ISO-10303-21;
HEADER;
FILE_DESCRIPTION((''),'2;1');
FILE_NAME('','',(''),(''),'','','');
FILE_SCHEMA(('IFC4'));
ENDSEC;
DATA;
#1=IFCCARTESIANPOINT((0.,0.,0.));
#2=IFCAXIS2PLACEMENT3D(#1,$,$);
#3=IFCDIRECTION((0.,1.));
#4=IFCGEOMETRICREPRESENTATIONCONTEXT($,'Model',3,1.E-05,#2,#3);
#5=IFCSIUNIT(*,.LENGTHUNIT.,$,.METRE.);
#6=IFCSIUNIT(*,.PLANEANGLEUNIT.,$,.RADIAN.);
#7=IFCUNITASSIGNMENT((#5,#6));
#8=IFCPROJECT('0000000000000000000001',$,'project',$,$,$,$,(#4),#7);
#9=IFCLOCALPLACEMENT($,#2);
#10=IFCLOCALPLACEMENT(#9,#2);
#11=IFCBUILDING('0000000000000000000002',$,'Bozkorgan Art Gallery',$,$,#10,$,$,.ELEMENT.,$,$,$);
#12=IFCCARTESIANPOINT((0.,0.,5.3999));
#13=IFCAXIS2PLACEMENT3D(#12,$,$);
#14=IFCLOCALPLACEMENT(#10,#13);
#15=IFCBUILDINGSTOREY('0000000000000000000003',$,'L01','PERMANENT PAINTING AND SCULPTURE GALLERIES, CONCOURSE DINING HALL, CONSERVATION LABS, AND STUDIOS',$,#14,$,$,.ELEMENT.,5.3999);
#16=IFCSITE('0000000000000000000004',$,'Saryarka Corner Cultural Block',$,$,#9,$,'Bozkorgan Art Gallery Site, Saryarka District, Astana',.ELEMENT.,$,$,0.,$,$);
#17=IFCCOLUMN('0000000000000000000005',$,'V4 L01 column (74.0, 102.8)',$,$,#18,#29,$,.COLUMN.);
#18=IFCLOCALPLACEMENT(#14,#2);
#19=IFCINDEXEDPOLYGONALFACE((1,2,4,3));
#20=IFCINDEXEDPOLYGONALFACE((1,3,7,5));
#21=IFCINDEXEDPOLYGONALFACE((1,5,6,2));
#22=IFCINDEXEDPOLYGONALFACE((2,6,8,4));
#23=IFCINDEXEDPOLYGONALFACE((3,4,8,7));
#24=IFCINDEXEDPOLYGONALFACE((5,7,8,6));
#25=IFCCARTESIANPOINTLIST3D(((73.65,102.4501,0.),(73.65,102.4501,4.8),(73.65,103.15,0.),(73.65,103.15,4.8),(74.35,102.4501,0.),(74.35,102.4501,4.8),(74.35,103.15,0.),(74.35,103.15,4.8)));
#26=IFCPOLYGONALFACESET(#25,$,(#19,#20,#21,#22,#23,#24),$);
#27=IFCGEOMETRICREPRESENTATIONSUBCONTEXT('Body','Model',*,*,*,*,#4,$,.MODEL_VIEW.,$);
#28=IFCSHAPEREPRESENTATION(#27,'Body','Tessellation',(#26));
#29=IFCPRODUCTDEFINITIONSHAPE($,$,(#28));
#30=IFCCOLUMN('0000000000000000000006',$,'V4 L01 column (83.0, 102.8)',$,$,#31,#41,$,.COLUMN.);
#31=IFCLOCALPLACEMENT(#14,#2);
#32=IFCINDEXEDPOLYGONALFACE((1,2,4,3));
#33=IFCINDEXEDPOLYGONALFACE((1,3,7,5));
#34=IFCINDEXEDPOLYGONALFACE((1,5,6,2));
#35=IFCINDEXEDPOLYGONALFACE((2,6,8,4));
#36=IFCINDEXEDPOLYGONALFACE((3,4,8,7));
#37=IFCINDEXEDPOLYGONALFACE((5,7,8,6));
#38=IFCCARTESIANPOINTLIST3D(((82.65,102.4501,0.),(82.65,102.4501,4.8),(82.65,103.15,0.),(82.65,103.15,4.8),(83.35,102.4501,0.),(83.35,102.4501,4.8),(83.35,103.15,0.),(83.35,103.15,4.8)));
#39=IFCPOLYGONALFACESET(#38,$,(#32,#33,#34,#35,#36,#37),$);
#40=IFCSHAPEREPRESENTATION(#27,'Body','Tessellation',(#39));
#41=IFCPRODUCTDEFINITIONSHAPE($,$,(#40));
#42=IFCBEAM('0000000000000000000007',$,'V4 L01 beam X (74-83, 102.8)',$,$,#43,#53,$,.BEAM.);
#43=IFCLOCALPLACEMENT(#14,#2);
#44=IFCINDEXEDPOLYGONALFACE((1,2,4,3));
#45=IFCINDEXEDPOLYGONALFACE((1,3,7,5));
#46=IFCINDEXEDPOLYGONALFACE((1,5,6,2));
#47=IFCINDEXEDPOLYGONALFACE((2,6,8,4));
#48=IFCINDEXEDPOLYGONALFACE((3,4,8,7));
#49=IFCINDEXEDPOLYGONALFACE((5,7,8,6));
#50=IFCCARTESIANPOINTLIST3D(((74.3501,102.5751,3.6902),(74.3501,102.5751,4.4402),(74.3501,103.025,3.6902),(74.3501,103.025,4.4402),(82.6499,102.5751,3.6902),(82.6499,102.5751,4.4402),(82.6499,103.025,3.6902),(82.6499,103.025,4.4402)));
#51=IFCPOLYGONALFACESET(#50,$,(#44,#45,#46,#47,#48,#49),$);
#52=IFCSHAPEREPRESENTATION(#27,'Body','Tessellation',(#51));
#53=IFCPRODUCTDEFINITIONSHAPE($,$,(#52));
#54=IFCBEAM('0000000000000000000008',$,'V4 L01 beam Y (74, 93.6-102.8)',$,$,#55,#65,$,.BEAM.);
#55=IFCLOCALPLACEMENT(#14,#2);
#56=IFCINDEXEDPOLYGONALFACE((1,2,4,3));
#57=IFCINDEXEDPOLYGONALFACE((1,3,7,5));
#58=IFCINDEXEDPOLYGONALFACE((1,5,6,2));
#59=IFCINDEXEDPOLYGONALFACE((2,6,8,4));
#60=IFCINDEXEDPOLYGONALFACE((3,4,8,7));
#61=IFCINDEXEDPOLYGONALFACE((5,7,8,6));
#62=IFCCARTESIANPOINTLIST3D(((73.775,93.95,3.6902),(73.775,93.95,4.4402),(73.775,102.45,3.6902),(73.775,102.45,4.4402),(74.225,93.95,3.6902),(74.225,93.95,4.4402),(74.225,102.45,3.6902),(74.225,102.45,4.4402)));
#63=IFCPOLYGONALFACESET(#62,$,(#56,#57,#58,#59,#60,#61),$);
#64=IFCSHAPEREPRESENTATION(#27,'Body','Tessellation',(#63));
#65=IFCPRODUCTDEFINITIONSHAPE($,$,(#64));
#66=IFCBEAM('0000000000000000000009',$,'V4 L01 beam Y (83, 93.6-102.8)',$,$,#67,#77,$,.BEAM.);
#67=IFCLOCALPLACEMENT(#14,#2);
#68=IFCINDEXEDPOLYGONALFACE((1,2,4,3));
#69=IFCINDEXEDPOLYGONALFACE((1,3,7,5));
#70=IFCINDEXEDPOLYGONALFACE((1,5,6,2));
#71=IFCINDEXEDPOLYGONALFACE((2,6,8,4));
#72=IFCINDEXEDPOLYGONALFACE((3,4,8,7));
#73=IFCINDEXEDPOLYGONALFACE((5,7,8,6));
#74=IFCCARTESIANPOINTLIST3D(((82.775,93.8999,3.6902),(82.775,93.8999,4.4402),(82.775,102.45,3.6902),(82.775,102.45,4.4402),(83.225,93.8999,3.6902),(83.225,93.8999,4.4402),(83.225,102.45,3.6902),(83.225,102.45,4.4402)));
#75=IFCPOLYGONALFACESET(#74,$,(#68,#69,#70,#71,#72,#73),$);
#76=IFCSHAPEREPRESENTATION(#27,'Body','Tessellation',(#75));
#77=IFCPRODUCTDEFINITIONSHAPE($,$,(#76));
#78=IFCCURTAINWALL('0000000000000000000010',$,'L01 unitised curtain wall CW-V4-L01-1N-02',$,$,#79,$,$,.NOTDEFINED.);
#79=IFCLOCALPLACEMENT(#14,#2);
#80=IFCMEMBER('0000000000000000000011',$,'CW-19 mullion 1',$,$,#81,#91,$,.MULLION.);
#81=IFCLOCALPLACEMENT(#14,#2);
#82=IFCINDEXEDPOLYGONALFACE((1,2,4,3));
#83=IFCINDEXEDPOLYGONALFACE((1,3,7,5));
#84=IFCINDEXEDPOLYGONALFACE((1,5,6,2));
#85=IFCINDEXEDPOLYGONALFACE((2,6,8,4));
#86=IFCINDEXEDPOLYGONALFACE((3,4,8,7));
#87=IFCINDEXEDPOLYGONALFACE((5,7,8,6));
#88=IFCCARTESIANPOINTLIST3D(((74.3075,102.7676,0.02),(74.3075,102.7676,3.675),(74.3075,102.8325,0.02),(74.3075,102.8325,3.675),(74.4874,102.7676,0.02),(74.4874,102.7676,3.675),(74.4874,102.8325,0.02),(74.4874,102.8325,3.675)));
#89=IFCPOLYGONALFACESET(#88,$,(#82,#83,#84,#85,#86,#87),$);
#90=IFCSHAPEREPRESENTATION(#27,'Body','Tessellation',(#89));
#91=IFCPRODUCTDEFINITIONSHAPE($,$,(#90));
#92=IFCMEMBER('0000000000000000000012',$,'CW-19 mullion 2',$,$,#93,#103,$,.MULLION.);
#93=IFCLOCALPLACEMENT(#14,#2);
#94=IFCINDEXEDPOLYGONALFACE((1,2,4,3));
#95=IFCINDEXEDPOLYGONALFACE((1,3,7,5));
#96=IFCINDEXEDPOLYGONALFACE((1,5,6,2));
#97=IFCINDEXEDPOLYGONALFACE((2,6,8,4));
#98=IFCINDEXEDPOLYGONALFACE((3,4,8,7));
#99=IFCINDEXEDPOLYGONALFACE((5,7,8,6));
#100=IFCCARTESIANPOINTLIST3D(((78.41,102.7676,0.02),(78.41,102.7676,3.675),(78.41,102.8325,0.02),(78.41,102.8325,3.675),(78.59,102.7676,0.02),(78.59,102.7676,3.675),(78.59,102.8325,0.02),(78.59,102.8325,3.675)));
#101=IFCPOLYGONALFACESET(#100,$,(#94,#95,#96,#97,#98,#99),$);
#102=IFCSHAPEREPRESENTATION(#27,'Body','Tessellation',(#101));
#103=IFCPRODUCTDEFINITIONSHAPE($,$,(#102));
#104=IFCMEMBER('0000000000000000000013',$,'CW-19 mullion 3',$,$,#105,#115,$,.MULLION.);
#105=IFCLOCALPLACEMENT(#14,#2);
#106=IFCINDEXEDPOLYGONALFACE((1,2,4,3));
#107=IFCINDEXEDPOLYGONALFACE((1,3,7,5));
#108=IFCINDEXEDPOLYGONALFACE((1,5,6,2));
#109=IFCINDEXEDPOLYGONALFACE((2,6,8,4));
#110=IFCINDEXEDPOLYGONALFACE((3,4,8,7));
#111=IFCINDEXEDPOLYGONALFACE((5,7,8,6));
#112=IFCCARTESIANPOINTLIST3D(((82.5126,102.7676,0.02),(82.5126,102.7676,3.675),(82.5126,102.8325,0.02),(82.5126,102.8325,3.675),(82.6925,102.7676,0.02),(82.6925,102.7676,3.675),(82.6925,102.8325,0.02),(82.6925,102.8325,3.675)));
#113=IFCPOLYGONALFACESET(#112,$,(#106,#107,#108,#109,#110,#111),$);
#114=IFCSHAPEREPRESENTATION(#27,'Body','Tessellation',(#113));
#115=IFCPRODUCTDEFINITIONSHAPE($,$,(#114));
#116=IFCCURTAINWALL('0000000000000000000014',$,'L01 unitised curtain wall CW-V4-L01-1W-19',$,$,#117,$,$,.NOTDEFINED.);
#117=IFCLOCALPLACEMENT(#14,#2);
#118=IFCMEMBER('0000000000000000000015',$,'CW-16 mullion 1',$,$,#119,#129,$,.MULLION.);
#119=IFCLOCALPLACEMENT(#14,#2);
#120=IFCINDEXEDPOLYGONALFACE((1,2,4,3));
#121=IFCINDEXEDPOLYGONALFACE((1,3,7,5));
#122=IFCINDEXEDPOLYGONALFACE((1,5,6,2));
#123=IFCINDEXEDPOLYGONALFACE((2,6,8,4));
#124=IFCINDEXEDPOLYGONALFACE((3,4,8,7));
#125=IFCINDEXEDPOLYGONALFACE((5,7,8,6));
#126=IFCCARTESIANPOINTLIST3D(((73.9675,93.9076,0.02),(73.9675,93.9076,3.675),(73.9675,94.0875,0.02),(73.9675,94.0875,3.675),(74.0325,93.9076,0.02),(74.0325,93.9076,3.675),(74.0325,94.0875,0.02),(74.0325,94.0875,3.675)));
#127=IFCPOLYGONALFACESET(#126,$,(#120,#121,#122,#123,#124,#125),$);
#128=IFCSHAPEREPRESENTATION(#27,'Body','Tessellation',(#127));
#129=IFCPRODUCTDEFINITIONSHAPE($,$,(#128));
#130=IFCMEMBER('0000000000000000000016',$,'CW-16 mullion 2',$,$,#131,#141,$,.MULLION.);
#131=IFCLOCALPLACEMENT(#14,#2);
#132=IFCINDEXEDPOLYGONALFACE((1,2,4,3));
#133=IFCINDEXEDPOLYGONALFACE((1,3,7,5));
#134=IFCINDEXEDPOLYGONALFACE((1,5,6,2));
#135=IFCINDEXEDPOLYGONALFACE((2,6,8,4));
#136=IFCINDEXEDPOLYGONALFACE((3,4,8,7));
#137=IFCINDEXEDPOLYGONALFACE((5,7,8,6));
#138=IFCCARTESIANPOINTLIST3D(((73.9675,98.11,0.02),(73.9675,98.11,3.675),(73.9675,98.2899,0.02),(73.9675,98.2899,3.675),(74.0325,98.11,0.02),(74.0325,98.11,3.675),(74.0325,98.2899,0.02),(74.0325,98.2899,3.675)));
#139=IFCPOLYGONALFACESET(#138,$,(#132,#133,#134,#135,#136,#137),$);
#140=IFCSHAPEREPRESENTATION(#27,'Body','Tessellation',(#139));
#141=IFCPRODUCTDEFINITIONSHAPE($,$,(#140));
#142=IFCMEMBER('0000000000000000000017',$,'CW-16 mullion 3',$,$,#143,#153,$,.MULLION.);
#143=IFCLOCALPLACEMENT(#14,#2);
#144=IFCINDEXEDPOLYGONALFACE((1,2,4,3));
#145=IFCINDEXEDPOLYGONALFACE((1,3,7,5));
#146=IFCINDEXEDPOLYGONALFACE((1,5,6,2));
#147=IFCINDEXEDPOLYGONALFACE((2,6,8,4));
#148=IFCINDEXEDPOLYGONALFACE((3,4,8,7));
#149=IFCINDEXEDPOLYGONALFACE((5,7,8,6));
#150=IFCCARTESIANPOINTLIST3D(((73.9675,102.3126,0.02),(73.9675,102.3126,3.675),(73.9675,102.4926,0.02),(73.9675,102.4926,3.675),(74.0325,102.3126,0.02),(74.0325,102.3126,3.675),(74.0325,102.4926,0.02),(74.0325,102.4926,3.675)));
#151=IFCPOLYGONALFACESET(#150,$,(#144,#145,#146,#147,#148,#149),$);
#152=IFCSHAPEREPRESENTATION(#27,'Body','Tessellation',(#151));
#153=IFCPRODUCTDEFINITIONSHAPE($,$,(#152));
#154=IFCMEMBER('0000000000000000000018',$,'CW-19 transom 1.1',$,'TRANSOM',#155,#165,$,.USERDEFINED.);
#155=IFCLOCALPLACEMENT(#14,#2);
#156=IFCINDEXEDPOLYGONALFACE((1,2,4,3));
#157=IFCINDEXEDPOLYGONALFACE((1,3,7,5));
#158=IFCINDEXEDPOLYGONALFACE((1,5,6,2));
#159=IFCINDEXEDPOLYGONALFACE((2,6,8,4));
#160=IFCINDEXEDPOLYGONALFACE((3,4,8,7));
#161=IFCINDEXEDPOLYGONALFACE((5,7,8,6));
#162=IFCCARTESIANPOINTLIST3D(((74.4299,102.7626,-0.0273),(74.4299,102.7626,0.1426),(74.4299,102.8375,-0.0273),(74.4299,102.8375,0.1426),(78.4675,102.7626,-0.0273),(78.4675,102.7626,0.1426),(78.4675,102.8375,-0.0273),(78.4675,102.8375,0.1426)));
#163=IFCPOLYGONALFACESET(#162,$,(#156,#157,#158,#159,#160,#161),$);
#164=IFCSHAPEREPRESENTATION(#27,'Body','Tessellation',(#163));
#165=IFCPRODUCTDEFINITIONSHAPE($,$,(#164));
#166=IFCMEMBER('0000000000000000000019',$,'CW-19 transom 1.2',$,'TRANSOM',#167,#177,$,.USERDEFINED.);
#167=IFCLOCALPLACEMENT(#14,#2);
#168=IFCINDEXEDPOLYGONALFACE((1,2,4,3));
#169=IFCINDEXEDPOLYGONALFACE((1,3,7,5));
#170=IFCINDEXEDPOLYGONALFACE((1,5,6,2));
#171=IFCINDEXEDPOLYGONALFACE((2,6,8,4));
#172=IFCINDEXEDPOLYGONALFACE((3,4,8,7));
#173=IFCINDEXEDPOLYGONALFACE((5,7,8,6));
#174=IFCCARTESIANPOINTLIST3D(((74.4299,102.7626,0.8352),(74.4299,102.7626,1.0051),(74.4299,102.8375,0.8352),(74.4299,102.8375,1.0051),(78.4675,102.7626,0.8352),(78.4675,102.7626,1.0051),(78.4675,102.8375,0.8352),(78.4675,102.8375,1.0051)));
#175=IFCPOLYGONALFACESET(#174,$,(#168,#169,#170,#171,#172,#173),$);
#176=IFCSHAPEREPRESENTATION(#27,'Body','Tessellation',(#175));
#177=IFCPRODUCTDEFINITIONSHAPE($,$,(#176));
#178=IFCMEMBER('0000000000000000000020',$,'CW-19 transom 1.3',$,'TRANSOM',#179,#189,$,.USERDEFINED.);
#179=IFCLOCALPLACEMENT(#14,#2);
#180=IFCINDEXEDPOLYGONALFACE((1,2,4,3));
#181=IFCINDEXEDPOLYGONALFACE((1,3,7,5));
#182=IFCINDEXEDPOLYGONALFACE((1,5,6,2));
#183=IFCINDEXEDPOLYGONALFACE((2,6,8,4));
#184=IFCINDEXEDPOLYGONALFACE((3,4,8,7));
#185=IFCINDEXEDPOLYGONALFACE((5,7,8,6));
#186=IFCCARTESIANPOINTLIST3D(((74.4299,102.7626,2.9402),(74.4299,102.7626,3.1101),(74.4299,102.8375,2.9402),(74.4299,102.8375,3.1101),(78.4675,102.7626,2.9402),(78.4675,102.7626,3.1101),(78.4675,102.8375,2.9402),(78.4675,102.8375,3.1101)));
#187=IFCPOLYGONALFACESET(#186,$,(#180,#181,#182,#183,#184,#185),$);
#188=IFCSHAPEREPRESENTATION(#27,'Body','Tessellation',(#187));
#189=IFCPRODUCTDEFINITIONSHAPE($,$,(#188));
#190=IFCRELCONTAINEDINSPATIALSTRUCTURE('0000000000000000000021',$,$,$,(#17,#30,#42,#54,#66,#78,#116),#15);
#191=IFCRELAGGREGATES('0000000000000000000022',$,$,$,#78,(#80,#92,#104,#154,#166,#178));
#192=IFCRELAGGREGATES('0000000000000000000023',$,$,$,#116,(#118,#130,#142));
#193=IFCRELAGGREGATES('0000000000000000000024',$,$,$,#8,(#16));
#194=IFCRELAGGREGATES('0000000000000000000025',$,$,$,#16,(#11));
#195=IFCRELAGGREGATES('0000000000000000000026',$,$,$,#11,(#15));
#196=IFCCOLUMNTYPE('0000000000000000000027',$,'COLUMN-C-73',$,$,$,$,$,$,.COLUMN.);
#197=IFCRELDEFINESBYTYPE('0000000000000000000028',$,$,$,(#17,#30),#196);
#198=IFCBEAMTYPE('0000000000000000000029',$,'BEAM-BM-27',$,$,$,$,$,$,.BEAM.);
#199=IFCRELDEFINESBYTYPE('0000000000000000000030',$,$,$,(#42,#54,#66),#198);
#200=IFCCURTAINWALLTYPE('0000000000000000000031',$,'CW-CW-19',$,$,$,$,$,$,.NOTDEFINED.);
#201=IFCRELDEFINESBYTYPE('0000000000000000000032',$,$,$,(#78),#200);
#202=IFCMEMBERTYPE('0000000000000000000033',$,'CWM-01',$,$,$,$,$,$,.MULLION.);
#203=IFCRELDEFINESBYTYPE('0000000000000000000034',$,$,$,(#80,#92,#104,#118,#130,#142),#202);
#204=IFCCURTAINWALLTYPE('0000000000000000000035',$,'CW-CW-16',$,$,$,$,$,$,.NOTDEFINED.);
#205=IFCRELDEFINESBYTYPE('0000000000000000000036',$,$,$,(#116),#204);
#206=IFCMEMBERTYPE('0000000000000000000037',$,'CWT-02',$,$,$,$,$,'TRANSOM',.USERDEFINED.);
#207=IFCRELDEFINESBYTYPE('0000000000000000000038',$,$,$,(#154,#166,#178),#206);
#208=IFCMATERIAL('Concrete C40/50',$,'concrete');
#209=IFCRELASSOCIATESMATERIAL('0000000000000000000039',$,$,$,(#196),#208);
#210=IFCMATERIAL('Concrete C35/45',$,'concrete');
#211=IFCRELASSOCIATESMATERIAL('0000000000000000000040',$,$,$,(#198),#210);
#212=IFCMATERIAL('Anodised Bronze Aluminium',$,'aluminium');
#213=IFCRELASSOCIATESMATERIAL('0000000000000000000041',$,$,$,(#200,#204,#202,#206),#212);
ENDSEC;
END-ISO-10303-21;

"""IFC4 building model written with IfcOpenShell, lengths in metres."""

from ifc_helpers import new_model, si_unit, direction, frame, origin, origin_2d, place, context, subcontext, project, spatial, rectangle, extrude, material, material_profile, profile_set, type_object, element, aggregate, save


model = new_model("IFC4")

# Units and contexts
model_context = context("Model", 3, precision=1e-05, world=origin(), true_north=direction((0.0, 1.0)))
body_context = subcontext(model_context, "Body", "Model", "MODEL_VIEW")
ifc_project = project(units=[si_unit("LENGTHUNIT", "METRE"), si_unit("PLANEANGLEUNIT", "RADIAN")], contexts=[model_context])

# Site, building, storey
site_placement = place(None, origin())
site = spatial("IfcSite", under=ifc_project, at=site_placement, Name="Saryarka Corner Cultural Block", LongName="Bozkorgan Art Gallery Site, Saryarka District, Astana", CompositionType="ELEMENT", RefElevation=0.0)
building_placement = place(site_placement, origin())
building = spatial("IfcBuilding", under=site, at=building_placement, Name="Bozkorgan Art Gallery", CompositionType="ELEMENT")
storey_placement = place(building_placement, frame((0.0, 0.0, 5.3999)))
storey = spatial("IfcBuildingStorey", under=building, at=storey_placement, Name="L01", Description="PERMANENT PAINTING AND SCULPTURE GALLERIES, CONCOURSE DINING HALL, CONSERVATION LABS, AND STUDIOS", CompositionType="ELEMENT", Elevation=5.3999)

# Columns
ifc_material_1 = material(Name="Concrete C40/50", Category="concrete")
ifc_material_profile_1 = material_profile(ifc_material_1, rectangle(XDim=0.7, YDim=0.7, at=origin_2d()), Name="RC 700x700")
ifc_profile_set_1 = profile_set([ifc_material_profile_1], Name="Concrete C40/50")
column_type = type_object("IfcColumnType", Name="COLUMN-C-73", PredefinedType="COLUMN", material=ifc_profile_set_1)
for number, where, z_axis, x_axis, name in (
    (1, (74.0, 102.8, 0.0), (0.0, 0.0, 1.0), (1.0, 0.0, 0.0), "V4 L01 column (74.0, 102.8)"),
    (2, (83.0, 102.8, 0.0), (0.0, 0.0, 1.0), (1.0, 0.0, 0.0), "V4 L01 column (83.0, 102.8)"),
):
    element("IfcColumn", number, at=place(storey_placement, frame(where, z_axis=z_axis, x_axis=x_axis)), inside=storey, type_object=column_type, Name=name, PredefinedType="COLUMN", context=body_context, shape_type="SweptSolid", body=[
        extrude(rectangle(XDim=0.7, YDim=0.7, at=origin_2d()), origin(), (0.0, 0.0, 1.0), 4.8),
    ])

# Beams
ifc_material_2 = material(Name="Concrete C35/45", Category="concrete")
ifc_material_profile_2 = material_profile(ifc_material_2, rectangle(XDim=0.45, YDim=0.75, at=origin_2d()), Name="RC 450x750")
ifc_profile_set_2 = profile_set([ifc_material_profile_2], Name="Concrete C35/45")
beam_type = type_object("IfcBeamType", Name="BEAM-BM-27", PredefinedType="BEAM", material=ifc_profile_set_2)
beam_1_placement = place(storey_placement, frame((74.3501, 102.8, 4.0652), z_axis=(1.0, 0.0, 0.0), x_axis=(0.0, 1.0, 0.0)))
element("IfcBeam", 3, at=beam_1_placement, inside=storey, type_object=beam_type, Name="V4 L01 beam X (74-83, 102.8)", PredefinedType="BEAM", context=body_context, shape_type="SweptSolid", body=[
    extrude(rectangle(XDim=0.45, YDim=0.75, at=origin_2d()), origin(), (0.0, 0.0, 1.0), 8.2998),
])
beam_2_placement = place(storey_placement, frame((74.0, 93.95, 4.0652), z_axis=(0.0, 1.0, 0.0), x_axis=(-1.0, 0.0, 0.0)))
element("IfcBeam", 4, at=beam_2_placement, inside=storey, type_object=beam_type, Name="V4 L01 beam Y (74, 93.6-102.8)", PredefinedType="BEAM", context=body_context, shape_type="SweptSolid", body=[
    extrude(rectangle(XDim=0.45, YDim=0.75, at=origin_2d()), origin(), (0.0, 0.0, 1.0), 8.5),
])
beam_3_placement = place(storey_placement, frame((83.0, 93.8999, 4.0652), z_axis=(0.0, 1.0, 0.0), x_axis=(-1.0, 0.0, 0.0)))
element("IfcBeam", 5, at=beam_3_placement, inside=storey, type_object=beam_type, Name="V4 L01 beam Y (83, 93.6-102.8)", PredefinedType="BEAM", context=body_context, shape_type="SweptSolid", body=[
    extrude(rectangle(XDim=0.45, YDim=0.75, at=origin_2d()), origin(), (0.0, 0.0, 1.0), 8.55),
])

# Curtain walls, members
ifc_material_3 = material(Name="Anodised Bronze Aluminium", Category="aluminium")
curtain_wall_type_1 = type_object("IfcCurtainWallType", Name="CW-CW-19", PredefinedType="NOTDEFINED", material=ifc_material_3)
curtain_wall_1_placement = place(storey_placement, origin())
curtain_wall_1 = element("IfcCurtainWall", 6, at=curtain_wall_1_placement, inside=storey, type_object=curtain_wall_type_1, Name="L01 unitised curtain wall CW-V4-L01-1N-02", PredefinedType="NOTDEFINED")
ifc_material_profile_3 = material_profile(ifc_material_3, rectangle(XDim=0.0649, YDim=0.1799, at=origin_2d()), Name="ALU MULLION 65x180")
ifc_profile_set_3 = profile_set([ifc_material_profile_3], Name="Anodised Bronze Aluminium")
member_type_1 = type_object("IfcMemberType", Name="CWM-01", PredefinedType="MULLION", material=ifc_profile_set_3)
member_1_placement = place(storey_placement, frame((74.3975, 102.8, 0.02), z_axis=(0.0, 0.0, 1.0), x_axis=(0.0, 1.0, 0.0)))
member_1 = element("IfcMember", 7, at=member_1_placement, type_object=member_type_1, Name="CW-19 mullion 1", PredefinedType="MULLION", context=body_context, shape_type="SweptSolid", body=[
    extrude(rectangle(XDim=0.0649, YDim=0.1799, at=origin_2d()), origin(), (0.0, 0.0, 1.0), 3.655),
])
member_2_placement = place(storey_placement, frame((78.5, 102.8, 0.02), z_axis=(0.0, 0.0, 1.0), x_axis=(0.0, 1.0, 0.0)))
member_2 = element("IfcMember", 8, at=member_2_placement, type_object=member_type_1, Name="CW-19 mullion 2", PredefinedType="MULLION", context=body_context, shape_type="SweptSolid", body=[
    extrude(rectangle(XDim=0.0649, YDim=0.1799, at=origin_2d()), origin(), (0.0, 0.0, 1.0), 3.655),
])
member_3_placement = place(storey_placement, frame((82.6025, 102.8, 0.02), z_axis=(0.0, 0.0, 1.0), x_axis=(0.0, 1.0, 0.0)))
member_3 = element("IfcMember", 9, at=member_3_placement, type_object=member_type_1, Name="CW-19 mullion 3", PredefinedType="MULLION", context=body_context, shape_type="SweptSolid", body=[
    extrude(rectangle(XDim=0.0649, YDim=0.1799, at=origin_2d()), origin(), (0.0, 0.0, 1.0), 3.655),
])
curtain_wall_type_2 = type_object("IfcCurtainWallType", Name="CW-CW-16", PredefinedType="NOTDEFINED", material=ifc_material_3)
curtain_wall_2_placement = place(storey_placement, origin())
curtain_wall_2 = element("IfcCurtainWall", 10, at=curtain_wall_2_placement, inside=storey, type_object=curtain_wall_type_2, Name="L01 unitised curtain wall CW-V4-L01-1W-19", PredefinedType="NOTDEFINED")
member_4_placement = place(storey_placement, frame((74.0, 93.9976, 0.02), z_axis=(0.0, 0.0, 1.0), x_axis=(-1.0, 0.0, 0.0)))
member_4 = element("IfcMember", 11, at=member_4_placement, type_object=member_type_1, Name="CW-16 mullion 1", PredefinedType="MULLION", context=body_context, shape_type="SweptSolid", body=[
    extrude(rectangle(XDim=0.0649, YDim=0.1799, at=origin_2d()), origin(), (0.0, 0.0, 1.0), 3.655),
])
member_5_placement = place(storey_placement, frame((74.0, 98.2, 0.02), z_axis=(0.0, 0.0, 1.0), x_axis=(-1.0, 0.0, 0.0)))
member_5 = element("IfcMember", 12, at=member_5_placement, type_object=member_type_1, Name="CW-16 mullion 2", PredefinedType="MULLION", context=body_context, shape_type="SweptSolid", body=[
    extrude(rectangle(XDim=0.0649, YDim=0.1799, at=origin_2d()), origin(), (0.0, 0.0, 1.0), 3.655),
])
member_6_placement = place(storey_placement, frame((74.0, 102.4026, 0.02), z_axis=(0.0, 0.0, 1.0), x_axis=(-1.0, 0.0, 0.0)))
member_6 = element("IfcMember", 13, at=member_6_placement, type_object=member_type_1, Name="CW-16 mullion 3", PredefinedType="MULLION", context=body_context, shape_type="SweptSolid", body=[
    extrude(rectangle(XDim=0.0649, YDim=0.1799, at=origin_2d()), origin(), (0.0, 0.0, 1.0), 3.655),
])

# Members
ifc_material_profile_4 = material_profile(ifc_material_3, rectangle(XDim=0.075, YDim=0.1699, at=origin_2d()), Name="ALU TRANSOM 75x170")
ifc_profile_set_4 = profile_set([ifc_material_profile_4], Name="Anodised Bronze Aluminium")
member_type_2 = type_object("IfcMemberType", Name="CWT-02", ElementType="TRANSOM", PredefinedType="USERDEFINED", material=ifc_profile_set_4)
member_7_placement = place(storey_placement, frame((74.4299, 102.8, 0.0576), z_axis=(1.0, 0.0, 0.0), x_axis=(0.0, 1.0, 0.0)))
member_7 = element("IfcMember", 14, at=member_7_placement, type_object=member_type_2, Name="CW-19 transom 1.1", ObjectType="TRANSOM", PredefinedType="USERDEFINED", context=body_context, shape_type="SweptSolid", body=[
    extrude(rectangle(XDim=0.075, YDim=0.1699, at=origin_2d()), origin(), (0.0, 0.0, 1.0), 4.0376),
])
member_8_placement = place(storey_placement, frame((74.4299, 102.8, 0.9202), z_axis=(1.0, 0.0, 0.0), x_axis=(0.0, 1.0, 0.0)))
member_8 = element("IfcMember", 15, at=member_8_placement, type_object=member_type_2, Name="CW-19 transom 1.2", ObjectType="TRANSOM", PredefinedType="USERDEFINED", context=body_context, shape_type="SweptSolid", body=[
    extrude(rectangle(XDim=0.075, YDim=0.1699, at=origin_2d()), origin(), (0.0, 0.0, 1.0), 4.0376),
])
member_9_placement = place(storey_placement, frame((74.4299, 102.8, 3.0251), z_axis=(1.0, 0.0, 0.0), x_axis=(0.0, 1.0, 0.0)))
member_9 = element("IfcMember", 16, at=member_9_placement, type_object=member_type_2, Name="CW-19 transom 1.3", ObjectType="TRANSOM", PredefinedType="USERDEFINED", context=body_context, shape_type="SweptSolid", body=[
    extrude(rectangle(XDim=0.075, YDim=0.1699, at=origin_2d()), origin(), (0.0, 0.0, 1.0), 4.0376),
])

aggregate(curtain_wall_1, [member_1, member_2, member_3, member_7, member_8, member_9])
aggregate(curtain_wall_2, [member_4, member_5, member_6])

save(model, "model.ifc")
